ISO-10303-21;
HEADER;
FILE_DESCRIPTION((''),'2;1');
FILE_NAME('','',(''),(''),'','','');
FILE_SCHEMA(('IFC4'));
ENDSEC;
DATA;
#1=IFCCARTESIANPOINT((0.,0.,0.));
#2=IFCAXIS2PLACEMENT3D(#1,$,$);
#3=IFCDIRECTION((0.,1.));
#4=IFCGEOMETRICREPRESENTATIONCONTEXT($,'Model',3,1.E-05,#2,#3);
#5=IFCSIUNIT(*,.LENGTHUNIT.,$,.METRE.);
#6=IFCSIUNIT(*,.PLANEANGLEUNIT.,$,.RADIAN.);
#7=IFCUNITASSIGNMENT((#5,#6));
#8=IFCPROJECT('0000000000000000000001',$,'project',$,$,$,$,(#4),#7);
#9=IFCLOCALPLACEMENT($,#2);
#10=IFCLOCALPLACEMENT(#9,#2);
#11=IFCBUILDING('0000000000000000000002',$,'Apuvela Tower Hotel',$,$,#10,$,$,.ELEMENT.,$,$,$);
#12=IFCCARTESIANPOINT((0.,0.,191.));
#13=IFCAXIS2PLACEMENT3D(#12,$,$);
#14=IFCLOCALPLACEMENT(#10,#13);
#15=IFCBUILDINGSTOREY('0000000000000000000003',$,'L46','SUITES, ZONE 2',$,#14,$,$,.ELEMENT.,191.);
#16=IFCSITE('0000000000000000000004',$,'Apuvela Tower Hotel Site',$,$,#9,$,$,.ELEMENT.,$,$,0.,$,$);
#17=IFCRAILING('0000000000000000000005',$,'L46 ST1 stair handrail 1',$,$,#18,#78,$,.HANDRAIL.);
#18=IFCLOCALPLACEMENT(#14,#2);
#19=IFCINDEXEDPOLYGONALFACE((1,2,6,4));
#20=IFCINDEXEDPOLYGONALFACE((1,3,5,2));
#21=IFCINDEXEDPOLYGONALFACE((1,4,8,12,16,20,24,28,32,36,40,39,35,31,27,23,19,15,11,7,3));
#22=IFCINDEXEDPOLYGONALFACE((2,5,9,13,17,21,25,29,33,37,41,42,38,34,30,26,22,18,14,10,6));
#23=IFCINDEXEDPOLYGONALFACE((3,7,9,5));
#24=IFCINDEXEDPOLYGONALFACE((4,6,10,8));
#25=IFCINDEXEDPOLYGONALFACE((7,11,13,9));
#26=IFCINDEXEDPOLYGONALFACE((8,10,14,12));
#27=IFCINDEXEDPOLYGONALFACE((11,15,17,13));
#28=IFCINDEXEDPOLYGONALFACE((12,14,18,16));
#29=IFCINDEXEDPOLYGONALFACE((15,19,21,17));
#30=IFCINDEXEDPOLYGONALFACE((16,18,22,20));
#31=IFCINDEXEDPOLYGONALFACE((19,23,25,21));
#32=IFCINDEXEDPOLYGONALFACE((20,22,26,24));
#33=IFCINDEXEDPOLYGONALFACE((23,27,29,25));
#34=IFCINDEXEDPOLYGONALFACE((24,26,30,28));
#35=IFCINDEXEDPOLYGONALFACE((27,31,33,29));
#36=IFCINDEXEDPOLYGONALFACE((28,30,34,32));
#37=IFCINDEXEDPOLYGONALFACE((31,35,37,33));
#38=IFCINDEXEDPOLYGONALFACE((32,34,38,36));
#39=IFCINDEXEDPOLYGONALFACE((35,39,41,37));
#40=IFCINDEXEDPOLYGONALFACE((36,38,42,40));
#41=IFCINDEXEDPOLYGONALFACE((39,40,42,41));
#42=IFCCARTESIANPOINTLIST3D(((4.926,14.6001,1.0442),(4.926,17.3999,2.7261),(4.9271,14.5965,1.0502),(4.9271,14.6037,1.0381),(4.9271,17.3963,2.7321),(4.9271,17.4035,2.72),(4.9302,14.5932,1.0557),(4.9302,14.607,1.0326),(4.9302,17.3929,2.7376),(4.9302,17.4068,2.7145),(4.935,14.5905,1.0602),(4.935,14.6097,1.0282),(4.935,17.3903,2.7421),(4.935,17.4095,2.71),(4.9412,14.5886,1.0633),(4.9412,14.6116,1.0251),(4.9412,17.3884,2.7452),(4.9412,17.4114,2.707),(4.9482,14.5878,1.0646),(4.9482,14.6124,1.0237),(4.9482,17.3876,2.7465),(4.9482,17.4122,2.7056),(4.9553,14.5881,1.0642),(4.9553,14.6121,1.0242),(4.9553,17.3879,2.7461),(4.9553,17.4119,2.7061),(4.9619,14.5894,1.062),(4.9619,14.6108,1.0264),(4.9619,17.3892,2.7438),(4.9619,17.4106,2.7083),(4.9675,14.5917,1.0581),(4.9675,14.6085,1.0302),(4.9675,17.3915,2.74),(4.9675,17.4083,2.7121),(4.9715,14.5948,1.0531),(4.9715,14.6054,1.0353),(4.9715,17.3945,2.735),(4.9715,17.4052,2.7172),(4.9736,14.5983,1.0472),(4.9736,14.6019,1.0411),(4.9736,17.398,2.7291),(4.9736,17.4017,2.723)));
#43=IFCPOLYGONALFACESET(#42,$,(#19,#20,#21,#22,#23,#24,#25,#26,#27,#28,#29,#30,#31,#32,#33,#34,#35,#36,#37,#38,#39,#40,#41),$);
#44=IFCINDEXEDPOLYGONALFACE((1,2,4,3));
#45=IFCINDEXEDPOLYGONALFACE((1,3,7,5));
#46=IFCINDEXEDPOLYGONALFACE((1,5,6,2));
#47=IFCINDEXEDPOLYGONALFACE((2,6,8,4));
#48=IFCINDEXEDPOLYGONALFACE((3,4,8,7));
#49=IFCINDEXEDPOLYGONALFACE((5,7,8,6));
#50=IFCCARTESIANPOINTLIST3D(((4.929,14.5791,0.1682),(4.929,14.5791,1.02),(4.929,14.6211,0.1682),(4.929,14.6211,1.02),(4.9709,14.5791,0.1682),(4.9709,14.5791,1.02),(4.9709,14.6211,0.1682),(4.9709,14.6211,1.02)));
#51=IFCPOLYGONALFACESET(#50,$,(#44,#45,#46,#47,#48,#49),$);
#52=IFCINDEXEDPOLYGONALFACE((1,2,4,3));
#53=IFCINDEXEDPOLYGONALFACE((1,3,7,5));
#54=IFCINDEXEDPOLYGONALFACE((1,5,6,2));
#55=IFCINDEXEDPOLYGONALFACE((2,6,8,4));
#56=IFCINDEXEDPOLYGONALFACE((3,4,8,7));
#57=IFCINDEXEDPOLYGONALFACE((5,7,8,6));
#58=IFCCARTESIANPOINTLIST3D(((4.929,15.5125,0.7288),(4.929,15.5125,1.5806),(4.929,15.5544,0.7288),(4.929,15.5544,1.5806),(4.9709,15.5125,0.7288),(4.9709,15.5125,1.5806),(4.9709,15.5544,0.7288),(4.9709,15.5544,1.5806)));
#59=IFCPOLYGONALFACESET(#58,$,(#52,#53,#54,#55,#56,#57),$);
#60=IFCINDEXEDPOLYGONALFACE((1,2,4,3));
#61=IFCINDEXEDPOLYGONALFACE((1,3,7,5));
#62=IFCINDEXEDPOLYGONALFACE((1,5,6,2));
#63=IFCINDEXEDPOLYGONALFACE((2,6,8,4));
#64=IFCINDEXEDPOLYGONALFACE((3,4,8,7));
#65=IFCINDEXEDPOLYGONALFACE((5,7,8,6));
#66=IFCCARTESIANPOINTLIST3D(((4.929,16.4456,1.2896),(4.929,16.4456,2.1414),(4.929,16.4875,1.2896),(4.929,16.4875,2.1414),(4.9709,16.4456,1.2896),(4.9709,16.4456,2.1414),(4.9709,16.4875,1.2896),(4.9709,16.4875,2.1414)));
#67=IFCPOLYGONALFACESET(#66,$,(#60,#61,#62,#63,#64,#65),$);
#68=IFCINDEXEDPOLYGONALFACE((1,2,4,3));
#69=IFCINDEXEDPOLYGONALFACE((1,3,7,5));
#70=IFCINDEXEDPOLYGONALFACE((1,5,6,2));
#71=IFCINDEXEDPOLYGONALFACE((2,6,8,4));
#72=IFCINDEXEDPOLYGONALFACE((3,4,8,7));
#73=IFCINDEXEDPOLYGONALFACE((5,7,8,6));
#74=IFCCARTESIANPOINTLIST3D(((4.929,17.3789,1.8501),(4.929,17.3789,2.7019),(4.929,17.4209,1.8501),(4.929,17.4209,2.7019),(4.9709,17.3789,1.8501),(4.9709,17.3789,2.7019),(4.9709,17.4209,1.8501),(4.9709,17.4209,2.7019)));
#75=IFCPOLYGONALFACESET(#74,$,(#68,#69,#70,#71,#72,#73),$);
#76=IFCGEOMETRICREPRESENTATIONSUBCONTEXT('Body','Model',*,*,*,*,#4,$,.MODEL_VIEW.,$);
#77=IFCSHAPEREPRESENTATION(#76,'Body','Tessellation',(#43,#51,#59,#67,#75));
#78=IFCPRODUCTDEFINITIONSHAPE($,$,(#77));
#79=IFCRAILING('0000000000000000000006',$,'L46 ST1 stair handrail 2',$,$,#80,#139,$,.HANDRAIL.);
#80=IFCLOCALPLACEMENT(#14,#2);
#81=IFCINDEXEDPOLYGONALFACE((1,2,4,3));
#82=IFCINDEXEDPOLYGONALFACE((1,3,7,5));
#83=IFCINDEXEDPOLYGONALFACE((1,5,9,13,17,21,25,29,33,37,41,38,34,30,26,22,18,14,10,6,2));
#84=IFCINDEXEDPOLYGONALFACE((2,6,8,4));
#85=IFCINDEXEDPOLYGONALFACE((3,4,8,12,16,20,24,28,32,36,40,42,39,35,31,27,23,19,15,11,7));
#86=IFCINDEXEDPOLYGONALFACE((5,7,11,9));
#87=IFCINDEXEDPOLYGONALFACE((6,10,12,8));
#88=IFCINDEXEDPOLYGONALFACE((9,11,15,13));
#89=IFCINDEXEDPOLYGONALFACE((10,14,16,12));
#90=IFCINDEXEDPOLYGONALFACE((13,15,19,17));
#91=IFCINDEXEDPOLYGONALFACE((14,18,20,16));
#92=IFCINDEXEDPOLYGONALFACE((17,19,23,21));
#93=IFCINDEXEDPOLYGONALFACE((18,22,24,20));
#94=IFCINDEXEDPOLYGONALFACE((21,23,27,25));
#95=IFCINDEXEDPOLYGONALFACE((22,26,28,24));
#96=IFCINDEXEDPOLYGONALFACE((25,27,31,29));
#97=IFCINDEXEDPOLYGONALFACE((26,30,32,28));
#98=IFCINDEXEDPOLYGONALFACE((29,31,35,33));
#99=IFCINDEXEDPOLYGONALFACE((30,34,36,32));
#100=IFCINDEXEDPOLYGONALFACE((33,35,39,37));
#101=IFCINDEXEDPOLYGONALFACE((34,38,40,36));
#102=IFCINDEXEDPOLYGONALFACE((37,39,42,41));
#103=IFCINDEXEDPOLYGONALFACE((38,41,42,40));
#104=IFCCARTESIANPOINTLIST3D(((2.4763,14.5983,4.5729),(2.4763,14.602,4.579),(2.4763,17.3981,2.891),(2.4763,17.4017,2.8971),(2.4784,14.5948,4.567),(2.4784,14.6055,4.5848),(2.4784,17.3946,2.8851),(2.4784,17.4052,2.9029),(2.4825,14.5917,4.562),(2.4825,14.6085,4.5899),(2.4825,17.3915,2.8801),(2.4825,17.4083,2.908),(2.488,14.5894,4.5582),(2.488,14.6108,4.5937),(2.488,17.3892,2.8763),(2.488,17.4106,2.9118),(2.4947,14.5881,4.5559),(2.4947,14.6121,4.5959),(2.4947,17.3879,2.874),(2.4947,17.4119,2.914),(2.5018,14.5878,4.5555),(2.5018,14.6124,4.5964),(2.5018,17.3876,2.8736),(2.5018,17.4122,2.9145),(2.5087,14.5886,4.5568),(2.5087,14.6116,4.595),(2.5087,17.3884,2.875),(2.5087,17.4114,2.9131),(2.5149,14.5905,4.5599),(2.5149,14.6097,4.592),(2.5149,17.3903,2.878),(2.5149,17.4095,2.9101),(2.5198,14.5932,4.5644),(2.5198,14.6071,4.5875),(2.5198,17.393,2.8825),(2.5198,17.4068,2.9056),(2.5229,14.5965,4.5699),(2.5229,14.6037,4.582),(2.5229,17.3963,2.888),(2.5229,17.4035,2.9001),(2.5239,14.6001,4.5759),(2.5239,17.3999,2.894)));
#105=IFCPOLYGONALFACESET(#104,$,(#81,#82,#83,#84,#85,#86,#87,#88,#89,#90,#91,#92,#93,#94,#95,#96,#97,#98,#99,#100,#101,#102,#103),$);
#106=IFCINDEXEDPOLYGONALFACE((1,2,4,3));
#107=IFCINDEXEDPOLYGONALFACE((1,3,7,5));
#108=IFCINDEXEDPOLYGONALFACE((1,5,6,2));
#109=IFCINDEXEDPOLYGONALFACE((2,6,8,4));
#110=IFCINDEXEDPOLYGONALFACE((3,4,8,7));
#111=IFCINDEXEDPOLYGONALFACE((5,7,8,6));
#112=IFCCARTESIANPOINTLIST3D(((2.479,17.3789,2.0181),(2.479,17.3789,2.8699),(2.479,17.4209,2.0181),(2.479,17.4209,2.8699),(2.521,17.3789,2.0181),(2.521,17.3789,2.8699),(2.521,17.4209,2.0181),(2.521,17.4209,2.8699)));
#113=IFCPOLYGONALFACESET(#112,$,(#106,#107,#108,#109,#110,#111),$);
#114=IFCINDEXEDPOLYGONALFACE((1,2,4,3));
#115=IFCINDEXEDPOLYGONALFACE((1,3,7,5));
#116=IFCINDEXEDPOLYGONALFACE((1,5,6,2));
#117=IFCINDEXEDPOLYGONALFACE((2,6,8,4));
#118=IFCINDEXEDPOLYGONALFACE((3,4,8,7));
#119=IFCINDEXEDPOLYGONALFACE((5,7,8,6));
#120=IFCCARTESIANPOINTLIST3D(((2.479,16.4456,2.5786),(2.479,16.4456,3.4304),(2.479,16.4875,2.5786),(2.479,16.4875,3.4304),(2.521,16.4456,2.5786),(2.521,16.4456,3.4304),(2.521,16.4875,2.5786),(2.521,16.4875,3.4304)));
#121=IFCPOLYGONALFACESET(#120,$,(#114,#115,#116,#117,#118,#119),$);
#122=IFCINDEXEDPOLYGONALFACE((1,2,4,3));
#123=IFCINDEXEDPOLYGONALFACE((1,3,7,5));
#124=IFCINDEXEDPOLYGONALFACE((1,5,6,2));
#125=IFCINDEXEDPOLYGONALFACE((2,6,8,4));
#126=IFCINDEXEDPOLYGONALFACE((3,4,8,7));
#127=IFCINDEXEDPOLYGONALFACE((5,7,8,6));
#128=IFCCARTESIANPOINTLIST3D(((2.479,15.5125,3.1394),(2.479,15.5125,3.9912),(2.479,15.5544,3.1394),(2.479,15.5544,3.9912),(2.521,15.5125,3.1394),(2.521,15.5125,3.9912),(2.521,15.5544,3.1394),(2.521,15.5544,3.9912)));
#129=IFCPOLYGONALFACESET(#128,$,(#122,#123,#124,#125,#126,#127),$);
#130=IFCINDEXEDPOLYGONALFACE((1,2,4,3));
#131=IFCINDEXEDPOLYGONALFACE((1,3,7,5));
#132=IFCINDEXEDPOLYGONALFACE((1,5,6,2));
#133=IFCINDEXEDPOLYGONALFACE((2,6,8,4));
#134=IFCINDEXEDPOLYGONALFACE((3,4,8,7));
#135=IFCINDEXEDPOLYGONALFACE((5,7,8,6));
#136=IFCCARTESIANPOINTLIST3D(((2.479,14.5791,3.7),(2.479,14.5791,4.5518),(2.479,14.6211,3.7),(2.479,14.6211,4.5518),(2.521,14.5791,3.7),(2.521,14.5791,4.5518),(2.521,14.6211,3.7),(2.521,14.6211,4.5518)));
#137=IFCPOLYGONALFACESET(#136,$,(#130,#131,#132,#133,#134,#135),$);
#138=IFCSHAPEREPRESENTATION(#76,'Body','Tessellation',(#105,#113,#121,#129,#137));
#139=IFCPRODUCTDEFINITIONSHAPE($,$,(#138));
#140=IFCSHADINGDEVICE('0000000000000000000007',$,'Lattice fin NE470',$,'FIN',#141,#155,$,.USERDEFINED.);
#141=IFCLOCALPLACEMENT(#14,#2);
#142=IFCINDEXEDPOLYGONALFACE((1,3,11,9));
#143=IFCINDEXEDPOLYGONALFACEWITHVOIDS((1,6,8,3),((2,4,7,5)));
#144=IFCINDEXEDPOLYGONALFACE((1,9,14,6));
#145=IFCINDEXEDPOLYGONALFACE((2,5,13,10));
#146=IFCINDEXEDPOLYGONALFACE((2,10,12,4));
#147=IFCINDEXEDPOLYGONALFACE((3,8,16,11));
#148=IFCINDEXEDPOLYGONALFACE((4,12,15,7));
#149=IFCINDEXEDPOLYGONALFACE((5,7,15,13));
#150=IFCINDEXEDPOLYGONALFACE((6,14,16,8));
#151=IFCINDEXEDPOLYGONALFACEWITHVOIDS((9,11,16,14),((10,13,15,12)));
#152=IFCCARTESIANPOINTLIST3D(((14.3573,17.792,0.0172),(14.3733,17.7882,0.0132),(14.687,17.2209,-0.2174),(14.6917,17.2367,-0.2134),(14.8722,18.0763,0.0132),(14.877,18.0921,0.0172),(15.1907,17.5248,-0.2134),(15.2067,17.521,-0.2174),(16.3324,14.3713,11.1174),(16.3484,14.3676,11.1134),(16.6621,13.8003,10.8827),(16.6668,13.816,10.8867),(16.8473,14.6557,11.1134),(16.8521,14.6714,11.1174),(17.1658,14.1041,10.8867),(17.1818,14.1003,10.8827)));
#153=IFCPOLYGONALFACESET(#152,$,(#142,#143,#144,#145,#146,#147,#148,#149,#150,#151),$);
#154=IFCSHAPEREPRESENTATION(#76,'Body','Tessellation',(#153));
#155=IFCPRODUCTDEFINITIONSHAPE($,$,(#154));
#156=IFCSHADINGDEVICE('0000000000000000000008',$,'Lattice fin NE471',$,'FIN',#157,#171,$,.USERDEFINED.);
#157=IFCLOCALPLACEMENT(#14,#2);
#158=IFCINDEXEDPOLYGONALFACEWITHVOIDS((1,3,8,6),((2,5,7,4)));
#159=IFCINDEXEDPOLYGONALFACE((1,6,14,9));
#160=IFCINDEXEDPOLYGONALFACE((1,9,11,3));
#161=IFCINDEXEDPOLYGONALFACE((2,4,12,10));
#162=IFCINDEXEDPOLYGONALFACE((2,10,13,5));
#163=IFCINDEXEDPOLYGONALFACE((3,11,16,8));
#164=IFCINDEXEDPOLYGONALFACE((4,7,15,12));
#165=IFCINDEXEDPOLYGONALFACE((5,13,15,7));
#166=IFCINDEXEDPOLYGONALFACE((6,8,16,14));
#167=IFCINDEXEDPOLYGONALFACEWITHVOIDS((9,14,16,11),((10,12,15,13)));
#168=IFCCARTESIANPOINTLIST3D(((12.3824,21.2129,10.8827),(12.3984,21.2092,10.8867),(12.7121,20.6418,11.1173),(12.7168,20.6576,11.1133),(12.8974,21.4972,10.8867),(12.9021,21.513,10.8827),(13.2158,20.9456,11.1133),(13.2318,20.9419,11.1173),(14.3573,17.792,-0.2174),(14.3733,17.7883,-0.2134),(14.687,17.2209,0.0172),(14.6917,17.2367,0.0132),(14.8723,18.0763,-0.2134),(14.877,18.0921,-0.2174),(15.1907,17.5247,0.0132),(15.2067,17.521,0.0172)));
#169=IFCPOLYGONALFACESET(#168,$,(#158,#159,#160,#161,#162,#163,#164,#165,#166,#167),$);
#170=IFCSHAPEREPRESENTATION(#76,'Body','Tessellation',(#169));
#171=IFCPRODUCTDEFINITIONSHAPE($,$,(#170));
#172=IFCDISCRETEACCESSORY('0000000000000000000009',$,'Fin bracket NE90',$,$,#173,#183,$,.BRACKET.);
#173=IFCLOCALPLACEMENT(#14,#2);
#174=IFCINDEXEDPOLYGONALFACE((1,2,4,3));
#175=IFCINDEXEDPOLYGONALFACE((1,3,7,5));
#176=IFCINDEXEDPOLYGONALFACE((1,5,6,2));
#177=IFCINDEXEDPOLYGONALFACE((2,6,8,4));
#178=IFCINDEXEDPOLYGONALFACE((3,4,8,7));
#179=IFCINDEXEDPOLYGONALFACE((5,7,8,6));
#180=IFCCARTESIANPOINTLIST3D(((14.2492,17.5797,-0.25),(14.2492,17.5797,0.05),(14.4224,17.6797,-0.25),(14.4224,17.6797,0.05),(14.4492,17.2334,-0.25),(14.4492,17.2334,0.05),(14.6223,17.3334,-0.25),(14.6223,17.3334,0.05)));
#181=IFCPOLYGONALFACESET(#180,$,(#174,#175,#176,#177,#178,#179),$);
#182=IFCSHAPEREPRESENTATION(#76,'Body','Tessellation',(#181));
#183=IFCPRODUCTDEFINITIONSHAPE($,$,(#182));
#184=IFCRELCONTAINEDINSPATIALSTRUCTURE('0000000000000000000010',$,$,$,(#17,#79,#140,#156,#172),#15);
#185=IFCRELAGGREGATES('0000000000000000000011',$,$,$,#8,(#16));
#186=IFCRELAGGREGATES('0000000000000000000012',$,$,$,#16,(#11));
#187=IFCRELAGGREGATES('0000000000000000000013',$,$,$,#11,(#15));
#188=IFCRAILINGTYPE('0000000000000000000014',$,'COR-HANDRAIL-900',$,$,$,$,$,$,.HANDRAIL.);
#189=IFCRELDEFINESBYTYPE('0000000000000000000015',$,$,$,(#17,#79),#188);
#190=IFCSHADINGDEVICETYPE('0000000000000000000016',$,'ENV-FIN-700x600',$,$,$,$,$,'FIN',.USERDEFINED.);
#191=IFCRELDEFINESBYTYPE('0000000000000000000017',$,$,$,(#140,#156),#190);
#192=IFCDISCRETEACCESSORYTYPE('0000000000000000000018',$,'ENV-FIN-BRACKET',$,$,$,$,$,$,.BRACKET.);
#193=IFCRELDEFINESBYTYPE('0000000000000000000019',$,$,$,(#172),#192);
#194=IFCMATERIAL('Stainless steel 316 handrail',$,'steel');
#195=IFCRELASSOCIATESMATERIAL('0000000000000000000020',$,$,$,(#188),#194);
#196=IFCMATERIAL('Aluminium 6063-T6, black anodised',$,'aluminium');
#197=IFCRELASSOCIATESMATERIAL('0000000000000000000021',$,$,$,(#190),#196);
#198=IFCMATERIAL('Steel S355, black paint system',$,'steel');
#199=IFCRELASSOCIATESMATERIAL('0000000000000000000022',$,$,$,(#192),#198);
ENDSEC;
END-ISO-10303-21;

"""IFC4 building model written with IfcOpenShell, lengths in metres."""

from ifc_helpers import new_model, si_unit, direction, frame, origin, origin_2d, place, context, subcontext, project, spatial, rectangle, hollow_rectangle, circle, extrude, material, material_profile, profile_set, type_object, element, save


model = new_model("IFC4")

# Units and contexts
model_context = context("Model", 3, precision=1e-05, world=origin(), true_north=direction((0.0, 1.0)))
body_context = subcontext(model_context, "Body", "Model", "MODEL_VIEW")
ifc_project = project(units=[si_unit("LENGTHUNIT", "METRE"), si_unit("PLANEANGLEUNIT", "RADIAN")], contexts=[model_context])

# Site, building, storey
site_placement = place(None, origin())
site = spatial("IfcSite", under=ifc_project, at=site_placement, Name="Apuvela Tower Hotel Site", CompositionType="ELEMENT", RefElevation=0.0)
building_placement = place(site_placement, origin())
building = spatial("IfcBuilding", under=site, at=building_placement, Name="Apuvela Tower Hotel", CompositionType="ELEMENT")
storey_placement = place(building_placement, frame((0.0, 0.0, 191.0)))
storey = spatial("IfcBuildingStorey", under=building, at=storey_placement, Name="L46", Description="SUITES, ZONE 2", CompositionType="ELEMENT", Elevation=191.0)

# Railings
ifc_material_1 = material(Name="Stainless steel 316 handrail", Category="steel")
railing_type_1 = type_object("IfcRailingType", Name="COR-HANDRAIL-900", PredefinedType="HANDRAIL", material=ifc_material_1)
railing_1_placement = place(storey_placement, frame((4.95, 14.6001, 0.1682)))
element("IfcRailing", 1, at=railing_1_placement, inside=storey, type_object=railing_type_1, Name="L46 ST1 stair handrail 1", PredefinedType="HANDRAIL", context=body_context, shape_type="SweptSolid", body=[
    extrude(circle(Radius=0.0239, at=origin_2d()), frame((0.0, 0.0, 0.876), z_axis=(0.0, 0.857222, 0.514946), x_axis=(-1.0, 0.0, 0.0)), (0.0, 0.0, 1.0), 3.2661),
    extrude(rectangle(XDim=0.042, YDim=0.042, at=origin_2d()), origin(), (0.0, 0.0, 1.0), 0.8518),
    extrude(rectangle(XDim=0.042, YDim=0.042, at=origin_2d()), frame((0.0, 0.9333, 0.5605)), (0.0, 0.0, 1.0), 0.8518),
    extrude(rectangle(XDim=0.042, YDim=0.042, at=origin_2d()), frame((0.0, 1.8665, 1.1213)), (0.0, 0.0, 1.0), 0.8518),
    extrude(rectangle(XDim=0.042, YDim=0.042, at=origin_2d()), frame((0.0, 2.7998, 1.6819)), (0.0, 0.0, 1.0), 0.8518),
])
railing_2_placement = place(storey_placement, frame((2.5, 17.3999, 2.0181)))
element("IfcRailing", 2, at=railing_2_placement, inside=storey, type_object=railing_type_1, Name="L46 ST1 stair handrail 2", PredefinedType="HANDRAIL", context=body_context, shape_type="SweptSolid", body=[
    extrude(circle(Radius=0.0239, at=origin_2d()), frame((0.0, 0.0, 0.876), z_axis=(0.0, -0.857222, 0.514946), x_axis=(1.0, 0.0, 0.0)), (0.0, 0.0, 1.0), 3.2661),
    extrude(rectangle(XDim=0.042, YDim=0.042, at=origin_2d()), origin(), (0.0, 0.0, 1.0), 0.8518),
    extrude(rectangle(XDim=0.042, YDim=0.042, at=origin_2d()), frame((0.0, -0.9333, 0.5605)), (0.0, 0.0, 1.0), 0.8518),
    extrude(rectangle(XDim=0.042, YDim=0.042, at=origin_2d()), frame((0.0, -1.8665, 1.1213)), (0.0, 0.0, 1.0), 0.8518),
    extrude(rectangle(XDim=0.042, YDim=0.042, at=origin_2d()), frame((0.0, -2.7998, 1.6819)), (0.0, 0.0, 1.0), 0.8518),
])

# Shading devices
ifc_material_2 = material(Name="Aluminium 6063-T6, black anodised", Category="aluminium")
ifc_material_profile_1 = material_profile(ifc_material_2, hollow_rectangle(XDim=0.6001, YDim=0.7, WallThickness=0.012, at=origin_2d()), Name="AL BOX 700x600x12")
ifc_profile_set_1 = profile_set([ifc_material_profile_1], Name="Aluminium 6063-T6, black anodised")
shading_device_type = type_object("IfcShadingDeviceType", Name="ENV-FIN-700x600", ElementType="FIN", PredefinedType="USERDEFINED", material=ifc_profile_set_1)
for number, where, z_axis, x_axis, name in (
    (3, (14.782, 17.6565, -0.1001), (0.167638, -0.29033, 0.942128), (0.866005, 0.500035, 0.0), "Lattice fin NE470"),
    (4, (14.782, 17.6565, -0.1001), (-0.167617, 0.29035, 0.942126), (-0.866048, -0.499961, 0.0), "Lattice fin NE471"),
):
    element("IfcShadingDevice", number, at=place(storey_placement, frame(where, z_axis=z_axis, x_axis=x_axis)), inside=storey, type_object=shading_device_type, Name=name, ObjectType="FIN", PredefinedType="USERDEFINED", context=body_context, shape_type="SweptSolid", body=[
        extrude(hollow_rectangle(XDim=0.6001, YDim=0.7, WallThickness=0.012, at=origin_2d()), origin(), (0.0, 0.0, 1.0), 11.782),
    ])

# Discrete accessory
ifc_material_3 = material(Name="Steel S355, black paint system", Category="steel")
discrete_accessory_type = type_object("IfcDiscreteAccessoryType", Name="ENV-FIN-BRACKET", PredefinedType="BRACKET", material=ifc_material_3)
discrete_accessory_placement = place(storey_placement, frame((14.4358, 17.4565, -0.25), z_axis=(0.0, 0.0, 1.0), x_axis=(-0.5, 0.866025, 0.0)))
element("IfcDiscreteAccessory", 5, at=discrete_accessory_placement, inside=storey, type_object=discrete_accessory_type, Name="Fin bracket NE90", PredefinedType="BRACKET", context=body_context, shape_type="SweptSolid", body=[
    extrude(rectangle(XDim=0.3999, YDim=0.2, at=origin_2d()), origin(), (0.0, 0.0, 1.0), 0.3),
])

save(model, "model.ifc")
